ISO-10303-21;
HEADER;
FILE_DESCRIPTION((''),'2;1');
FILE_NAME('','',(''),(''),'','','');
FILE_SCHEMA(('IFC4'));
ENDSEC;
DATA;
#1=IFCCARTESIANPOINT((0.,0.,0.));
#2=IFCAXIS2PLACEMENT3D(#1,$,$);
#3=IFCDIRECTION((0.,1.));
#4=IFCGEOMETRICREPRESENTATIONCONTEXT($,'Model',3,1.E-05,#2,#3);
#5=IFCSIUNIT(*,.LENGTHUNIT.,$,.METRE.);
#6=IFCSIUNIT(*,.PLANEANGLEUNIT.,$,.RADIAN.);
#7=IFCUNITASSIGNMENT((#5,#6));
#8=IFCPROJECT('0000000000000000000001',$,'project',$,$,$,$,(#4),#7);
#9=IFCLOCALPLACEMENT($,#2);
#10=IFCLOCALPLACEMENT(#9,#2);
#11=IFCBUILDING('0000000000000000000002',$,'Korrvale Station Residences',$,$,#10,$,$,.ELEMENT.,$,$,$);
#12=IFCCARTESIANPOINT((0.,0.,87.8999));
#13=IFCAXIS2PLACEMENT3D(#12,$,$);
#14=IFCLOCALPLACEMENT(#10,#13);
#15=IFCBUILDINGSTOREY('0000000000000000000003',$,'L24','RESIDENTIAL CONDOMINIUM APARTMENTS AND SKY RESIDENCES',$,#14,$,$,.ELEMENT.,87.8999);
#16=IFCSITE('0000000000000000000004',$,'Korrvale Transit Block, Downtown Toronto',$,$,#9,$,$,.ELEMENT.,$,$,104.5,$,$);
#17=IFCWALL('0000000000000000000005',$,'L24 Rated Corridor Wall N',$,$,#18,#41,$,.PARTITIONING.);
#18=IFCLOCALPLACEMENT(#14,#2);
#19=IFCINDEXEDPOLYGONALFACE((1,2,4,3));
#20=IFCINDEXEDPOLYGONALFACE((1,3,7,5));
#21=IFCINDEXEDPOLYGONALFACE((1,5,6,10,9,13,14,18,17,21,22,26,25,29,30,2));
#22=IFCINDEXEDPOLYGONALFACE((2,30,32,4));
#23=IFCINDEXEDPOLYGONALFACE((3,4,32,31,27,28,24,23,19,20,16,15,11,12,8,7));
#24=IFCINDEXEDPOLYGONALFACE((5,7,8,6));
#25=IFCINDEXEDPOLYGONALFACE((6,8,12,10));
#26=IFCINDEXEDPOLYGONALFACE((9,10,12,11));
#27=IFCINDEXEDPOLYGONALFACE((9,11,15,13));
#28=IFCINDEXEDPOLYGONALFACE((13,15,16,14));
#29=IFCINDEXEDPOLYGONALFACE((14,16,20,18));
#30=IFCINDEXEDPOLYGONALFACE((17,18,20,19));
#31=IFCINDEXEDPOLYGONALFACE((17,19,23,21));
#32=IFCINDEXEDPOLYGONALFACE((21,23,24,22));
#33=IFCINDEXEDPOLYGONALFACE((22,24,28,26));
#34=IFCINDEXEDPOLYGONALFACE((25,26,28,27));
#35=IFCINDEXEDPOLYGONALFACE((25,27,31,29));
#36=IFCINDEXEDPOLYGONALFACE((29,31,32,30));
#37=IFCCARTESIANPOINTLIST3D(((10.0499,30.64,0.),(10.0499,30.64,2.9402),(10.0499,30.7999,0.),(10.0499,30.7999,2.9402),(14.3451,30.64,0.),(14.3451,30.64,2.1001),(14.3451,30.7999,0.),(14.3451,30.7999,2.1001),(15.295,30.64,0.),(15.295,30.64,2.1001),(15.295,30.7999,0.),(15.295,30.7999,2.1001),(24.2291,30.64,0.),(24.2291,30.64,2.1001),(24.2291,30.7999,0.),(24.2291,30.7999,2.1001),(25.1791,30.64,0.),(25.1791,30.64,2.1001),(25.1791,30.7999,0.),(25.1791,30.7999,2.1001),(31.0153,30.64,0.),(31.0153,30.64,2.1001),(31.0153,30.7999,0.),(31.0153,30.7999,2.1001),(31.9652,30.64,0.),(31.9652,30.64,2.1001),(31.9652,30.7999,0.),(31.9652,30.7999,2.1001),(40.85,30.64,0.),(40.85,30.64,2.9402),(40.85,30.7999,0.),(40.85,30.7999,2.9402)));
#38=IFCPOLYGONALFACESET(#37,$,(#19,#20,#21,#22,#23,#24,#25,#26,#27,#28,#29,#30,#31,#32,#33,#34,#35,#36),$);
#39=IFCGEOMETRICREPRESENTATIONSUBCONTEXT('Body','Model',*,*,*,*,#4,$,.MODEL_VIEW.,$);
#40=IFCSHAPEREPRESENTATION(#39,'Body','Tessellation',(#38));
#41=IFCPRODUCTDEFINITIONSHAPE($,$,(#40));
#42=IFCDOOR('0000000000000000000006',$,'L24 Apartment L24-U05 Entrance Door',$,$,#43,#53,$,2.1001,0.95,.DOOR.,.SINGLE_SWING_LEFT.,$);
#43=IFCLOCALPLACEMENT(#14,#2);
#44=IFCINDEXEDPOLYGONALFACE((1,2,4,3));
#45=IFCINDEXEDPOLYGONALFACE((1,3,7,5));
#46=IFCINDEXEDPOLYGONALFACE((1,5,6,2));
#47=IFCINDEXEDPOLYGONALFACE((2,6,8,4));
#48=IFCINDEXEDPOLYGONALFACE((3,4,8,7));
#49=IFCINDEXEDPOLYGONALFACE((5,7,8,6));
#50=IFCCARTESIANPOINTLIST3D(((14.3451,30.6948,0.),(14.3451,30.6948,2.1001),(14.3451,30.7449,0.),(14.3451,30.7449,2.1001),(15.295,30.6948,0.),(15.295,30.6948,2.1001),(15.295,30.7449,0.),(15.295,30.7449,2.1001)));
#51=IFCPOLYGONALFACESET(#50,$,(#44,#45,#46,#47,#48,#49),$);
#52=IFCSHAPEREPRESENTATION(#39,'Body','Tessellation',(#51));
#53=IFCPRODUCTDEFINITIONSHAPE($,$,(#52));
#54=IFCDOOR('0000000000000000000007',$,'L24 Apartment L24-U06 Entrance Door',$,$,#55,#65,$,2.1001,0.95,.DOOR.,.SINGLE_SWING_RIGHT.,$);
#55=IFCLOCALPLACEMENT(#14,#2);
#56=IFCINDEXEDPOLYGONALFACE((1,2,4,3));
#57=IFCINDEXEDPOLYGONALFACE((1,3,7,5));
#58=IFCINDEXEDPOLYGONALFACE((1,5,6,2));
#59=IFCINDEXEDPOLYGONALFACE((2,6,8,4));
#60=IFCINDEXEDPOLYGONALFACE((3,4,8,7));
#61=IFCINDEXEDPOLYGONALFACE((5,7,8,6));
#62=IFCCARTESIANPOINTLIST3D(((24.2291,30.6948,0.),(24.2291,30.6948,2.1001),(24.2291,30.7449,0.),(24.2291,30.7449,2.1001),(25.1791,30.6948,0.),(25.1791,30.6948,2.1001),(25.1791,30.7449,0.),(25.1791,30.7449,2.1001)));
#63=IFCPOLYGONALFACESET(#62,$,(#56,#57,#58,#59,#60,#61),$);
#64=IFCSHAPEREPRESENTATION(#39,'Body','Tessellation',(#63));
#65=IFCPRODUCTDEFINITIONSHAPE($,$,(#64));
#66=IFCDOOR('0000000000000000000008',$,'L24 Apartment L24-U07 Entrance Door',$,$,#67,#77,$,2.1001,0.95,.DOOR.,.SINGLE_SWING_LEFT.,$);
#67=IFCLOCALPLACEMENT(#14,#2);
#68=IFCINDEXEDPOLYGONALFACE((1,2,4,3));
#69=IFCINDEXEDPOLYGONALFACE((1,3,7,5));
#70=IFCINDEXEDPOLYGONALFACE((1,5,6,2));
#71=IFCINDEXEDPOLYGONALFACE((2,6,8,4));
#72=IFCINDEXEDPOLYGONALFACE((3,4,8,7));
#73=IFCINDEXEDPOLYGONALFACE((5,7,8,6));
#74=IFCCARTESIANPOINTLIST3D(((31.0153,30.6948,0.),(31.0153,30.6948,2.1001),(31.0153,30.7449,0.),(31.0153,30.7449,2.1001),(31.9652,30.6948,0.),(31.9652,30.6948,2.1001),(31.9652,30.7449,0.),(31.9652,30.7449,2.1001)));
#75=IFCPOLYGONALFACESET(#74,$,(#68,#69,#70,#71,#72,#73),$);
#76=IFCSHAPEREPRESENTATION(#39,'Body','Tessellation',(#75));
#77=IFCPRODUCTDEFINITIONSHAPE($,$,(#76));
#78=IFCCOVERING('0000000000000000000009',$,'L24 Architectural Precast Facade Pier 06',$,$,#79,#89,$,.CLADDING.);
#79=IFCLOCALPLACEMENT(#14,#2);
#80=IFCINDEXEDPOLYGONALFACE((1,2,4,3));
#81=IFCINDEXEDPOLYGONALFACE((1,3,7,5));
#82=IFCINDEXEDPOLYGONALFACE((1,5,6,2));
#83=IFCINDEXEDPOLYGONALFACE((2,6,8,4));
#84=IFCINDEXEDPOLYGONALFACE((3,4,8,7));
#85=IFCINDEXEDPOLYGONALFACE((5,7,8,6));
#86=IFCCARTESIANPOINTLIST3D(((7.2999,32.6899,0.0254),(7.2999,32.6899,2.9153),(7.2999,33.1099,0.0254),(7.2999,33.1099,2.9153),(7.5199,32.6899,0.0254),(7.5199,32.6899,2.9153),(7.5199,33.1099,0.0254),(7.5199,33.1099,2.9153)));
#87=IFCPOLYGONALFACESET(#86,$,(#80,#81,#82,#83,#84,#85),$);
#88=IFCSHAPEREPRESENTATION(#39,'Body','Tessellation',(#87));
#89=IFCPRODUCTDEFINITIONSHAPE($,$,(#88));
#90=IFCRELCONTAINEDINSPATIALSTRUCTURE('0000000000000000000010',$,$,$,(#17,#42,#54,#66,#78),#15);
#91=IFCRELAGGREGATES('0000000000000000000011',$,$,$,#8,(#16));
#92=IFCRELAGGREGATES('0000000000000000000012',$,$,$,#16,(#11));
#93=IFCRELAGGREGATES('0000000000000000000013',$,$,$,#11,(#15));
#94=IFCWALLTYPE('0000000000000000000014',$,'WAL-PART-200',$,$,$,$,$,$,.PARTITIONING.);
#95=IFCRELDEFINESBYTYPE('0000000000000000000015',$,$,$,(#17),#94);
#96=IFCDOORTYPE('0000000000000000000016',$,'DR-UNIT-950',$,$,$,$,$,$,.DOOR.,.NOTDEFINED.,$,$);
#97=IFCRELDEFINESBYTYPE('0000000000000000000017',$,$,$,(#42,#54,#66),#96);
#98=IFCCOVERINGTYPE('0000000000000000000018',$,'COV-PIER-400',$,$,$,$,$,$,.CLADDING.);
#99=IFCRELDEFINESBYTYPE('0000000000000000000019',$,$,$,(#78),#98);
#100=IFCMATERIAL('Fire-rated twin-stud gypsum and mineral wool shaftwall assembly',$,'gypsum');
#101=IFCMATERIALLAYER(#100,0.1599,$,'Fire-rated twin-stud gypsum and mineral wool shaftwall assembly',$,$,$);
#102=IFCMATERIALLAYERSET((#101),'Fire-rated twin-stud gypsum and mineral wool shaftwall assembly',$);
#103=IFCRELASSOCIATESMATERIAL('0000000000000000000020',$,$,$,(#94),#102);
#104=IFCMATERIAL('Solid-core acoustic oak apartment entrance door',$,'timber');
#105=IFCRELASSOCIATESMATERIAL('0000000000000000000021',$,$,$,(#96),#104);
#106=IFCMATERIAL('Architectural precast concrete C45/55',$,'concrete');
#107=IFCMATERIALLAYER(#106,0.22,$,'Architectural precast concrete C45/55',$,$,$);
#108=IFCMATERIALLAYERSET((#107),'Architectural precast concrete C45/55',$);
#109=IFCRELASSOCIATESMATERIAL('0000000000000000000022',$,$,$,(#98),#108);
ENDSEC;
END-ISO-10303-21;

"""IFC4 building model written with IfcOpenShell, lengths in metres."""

from ifc_helpers import new_model, si_unit, direction, frame, frame_2d, origin, origin_2d, place, context, subcontext, project, spatial, rectangle, extrude, material, layer, layer_set, type_object, element, fill, save


model = new_model("IFC4")

# Units and contexts
model_context = context("Model", 3, precision=1e-05, world=origin(), true_north=direction((0.0, 1.0)))
body_context = subcontext(model_context, "Body", "Model", "MODEL_VIEW")
ifc_project = project(units=[si_unit("LENGTHUNIT", "METRE"), si_unit("PLANEANGLEUNIT", "RADIAN")], contexts=[model_context])

# Site, building, storey
site_placement = place(None, origin())
site = spatial("IfcSite", under=ifc_project, at=site_placement, Name="Korrvale Transit Block, Downtown Toronto", CompositionType="ELEMENT", RefElevation=104.5)
building_placement = place(site_placement, origin())
building = spatial("IfcBuilding", under=site, at=building_placement, Name="Korrvale Station Residences", CompositionType="ELEMENT")
storey_placement = place(building_placement, frame((0.0, 0.0, 87.8999)))
storey = spatial("IfcBuildingStorey", under=building, at=storey_placement, Name="L24", Description="RESIDENTIAL CONDOMINIUM APARTMENTS AND SKY RESIDENCES", CompositionType="ELEMENT", Elevation=87.8999)

# Shared definitions
ifc_material_1 = material(Name="Fire-rated twin-stud gypsum and mineral wool shaftwall assembly", Category="gypsum")
ifc_layer_1 = layer(ifc_material_1, 0.1599, Name="Fire-rated twin-stud gypsum and mineral wool shaftwall assembly")
ifc_layer_set_1 = layer_set([ifc_layer_1], Name="Fire-rated twin-stud gypsum and mineral wool shaftwall assembly")
wall_type_1 = type_object("IfcWallType", Name="WAL-PART-200", PredefinedType="PARTITIONING", material=ifc_layer_set_1)

# Wall, openings, doors
wall_1_placement = place(storey_placement, frame((10.05, 30.72, 0.0), z_axis=(0.0, 0.0, 1.0), x_axis=(1.0, 0.0, 0.0)))
wall_1 = element("IfcWall", 1, at=wall_1_placement, inside=storey, type_object=wall_type_1, Name="L24 Rated Corridor Wall N", PredefinedType="PARTITIONING", context=body_context, shape_type="SweptSolid", body=[
    extrude(rectangle(XDim=30.8, YDim=0.1599, at=frame_2d((15.3999, 0.0))), origin(), (0.0, 0.0, 1.0), 2.9402),
])
opening_1_placement = place(wall_1_placement, frame((4.2949, 0.0, 0.0)))
opening_1 = element("IfcOpeningElement", 2, at=opening_1_placement, cuts=wall_1, PredefinedType="OPENING", context=body_context, shape_type="SweptSolid", body=[
    extrude(rectangle(XDim=0.95, YDim=2.1001, at=frame_2d((0.4751, 1.05))), frame((0.0, 0.0898, 0.0), z_axis=(0.0, -1.0, 0.0), x_axis=(1.0, 0.0, 0.0)), (0.0, 0.0, 1.0), 0.1799),
])
opening_2_placement = place(wall_1_placement, frame((14.179, 0.0, 0.0)))
opening_2 = element("IfcOpeningElement", 3, at=opening_2_placement, cuts=wall_1, PredefinedType="OPENING", context=body_context, shape_type="SweptSolid", body=[
    extrude(rectangle(XDim=0.95, YDim=2.1001, at=frame_2d((0.4751, 1.05))), frame((0.0, 0.0898, 0.0), z_axis=(0.0, -1.0, 0.0), x_axis=(1.0, 0.0, 0.0)), (0.0, 0.0, 1.0), 0.1799),
])
opening_3_placement = place(wall_1_placement, frame((20.9651, 0.0, 0.0)))
opening_3 = element("IfcOpeningElement", 4, at=opening_3_placement, cuts=wall_1, PredefinedType="OPENING", context=body_context, shape_type="SweptSolid", body=[
    extrude(rectangle(XDim=0.95, YDim=2.1001, at=frame_2d((0.4751, 1.05))), frame((0.0, 0.0898, 0.0), z_axis=(0.0, -1.0, 0.0), x_axis=(1.0, 0.0, 0.0)), (0.0, 0.0, 1.0), 0.1799),
])
ifc_material_2 = material(Name="Solid-core acoustic oak apartment entrance door", Category="timber")
door_type_1 = type_object("IfcDoorType", Name="DR-UNIT-950", OperationType="NOTDEFINED", PredefinedType="DOOR", material=ifc_material_2)
door_1_placement = place(opening_1_placement, origin())
door_1 = element("IfcDoor", 5, at=door_1_placement, inside=storey, type_object=door_type_1, Name="L24 Apartment L24-U05 Entrance Door", OperationType="SINGLE_SWING_LEFT", OverallHeight=2.1001, OverallWidth=0.95, PredefinedType="DOOR", context=body_context, shape_type="SweptSolid", body=[
    extrude(rectangle(XDim=0.95, YDim=2.1001, at=frame_2d((0.4751, 1.05))), frame((0.0, 0.0249, 0.0), z_axis=(0.0, -1.0, 0.0), x_axis=(1.0, 0.0, 0.0)), (0.0, 0.0, 1.0), 0.05),
])
fill(opening_1, door_1)
door_2_placement = place(opening_2_placement, origin())
door_2 = element("IfcDoor", 6, at=door_2_placement, inside=storey, type_object=door_type_1, Name="L24 Apartment L24-U06 Entrance Door", OperationType="SINGLE_SWING_RIGHT", OverallHeight=2.1001, OverallWidth=0.95, PredefinedType="DOOR", context=body_context, shape_type="SweptSolid", body=[
    extrude(rectangle(XDim=0.95, YDim=2.1001, at=frame_2d((0.4751, 1.05))), frame((0.0, 0.0249, 0.0), z_axis=(0.0, -1.0, 0.0), x_axis=(1.0, 0.0, 0.0)), (0.0, 0.0, 1.0), 0.05),
])
fill(opening_2, door_2)
door_3_placement = place(opening_3_placement, origin())
door_3 = element("IfcDoor", 7, at=door_3_placement, inside=storey, type_object=door_type_1, Name="L24 Apartment L24-U07 Entrance Door", OperationType="SINGLE_SWING_LEFT", OverallHeight=2.1001, OverallWidth=0.95, PredefinedType="DOOR", context=body_context, shape_type="SweptSolid", body=[
    extrude(rectangle(XDim=0.95, YDim=2.1001, at=frame_2d((0.4751, 1.05))), frame((0.0, 0.0249, 0.0), z_axis=(0.0, -1.0, 0.0), x_axis=(1.0, 0.0, 0.0)), (0.0, 0.0, 1.0), 0.05),
])
fill(opening_3, door_3)

# Covering
ifc_material_3 = material(Name="Architectural precast concrete C45/55", Category="concrete")
ifc_layer_2 = layer(ifc_material_3, 0.22, Name="Architectural precast concrete C45/55")
ifc_layer_set_2 = layer_set([ifc_layer_2], Name="Architectural precast concrete C45/55")
covering_type = type_object("IfcCoveringType", Name="COV-PIER-400", PredefinedType="CLADDING", material=ifc_layer_set_2)
covering_placement = place(storey_placement, frame((7.4099, 32.8999, 0.0254), z_axis=(0.0, 0.0, 1.0), x_axis=(0.0, 1.0, 0.0)))
element("IfcCovering", 8, at=covering_placement, inside=storey, type_object=covering_type, Name="L24 Architectural Precast Facade Pier 06", PredefinedType="CLADDING", context=body_context, shape_type="SweptSolid", body=[
    extrude(rectangle(XDim=0.4199, YDim=0.22, at=origin_2d()), origin(), (0.0, 0.0, 1.0), 2.8899),
])

save(model, "model.ifc")
